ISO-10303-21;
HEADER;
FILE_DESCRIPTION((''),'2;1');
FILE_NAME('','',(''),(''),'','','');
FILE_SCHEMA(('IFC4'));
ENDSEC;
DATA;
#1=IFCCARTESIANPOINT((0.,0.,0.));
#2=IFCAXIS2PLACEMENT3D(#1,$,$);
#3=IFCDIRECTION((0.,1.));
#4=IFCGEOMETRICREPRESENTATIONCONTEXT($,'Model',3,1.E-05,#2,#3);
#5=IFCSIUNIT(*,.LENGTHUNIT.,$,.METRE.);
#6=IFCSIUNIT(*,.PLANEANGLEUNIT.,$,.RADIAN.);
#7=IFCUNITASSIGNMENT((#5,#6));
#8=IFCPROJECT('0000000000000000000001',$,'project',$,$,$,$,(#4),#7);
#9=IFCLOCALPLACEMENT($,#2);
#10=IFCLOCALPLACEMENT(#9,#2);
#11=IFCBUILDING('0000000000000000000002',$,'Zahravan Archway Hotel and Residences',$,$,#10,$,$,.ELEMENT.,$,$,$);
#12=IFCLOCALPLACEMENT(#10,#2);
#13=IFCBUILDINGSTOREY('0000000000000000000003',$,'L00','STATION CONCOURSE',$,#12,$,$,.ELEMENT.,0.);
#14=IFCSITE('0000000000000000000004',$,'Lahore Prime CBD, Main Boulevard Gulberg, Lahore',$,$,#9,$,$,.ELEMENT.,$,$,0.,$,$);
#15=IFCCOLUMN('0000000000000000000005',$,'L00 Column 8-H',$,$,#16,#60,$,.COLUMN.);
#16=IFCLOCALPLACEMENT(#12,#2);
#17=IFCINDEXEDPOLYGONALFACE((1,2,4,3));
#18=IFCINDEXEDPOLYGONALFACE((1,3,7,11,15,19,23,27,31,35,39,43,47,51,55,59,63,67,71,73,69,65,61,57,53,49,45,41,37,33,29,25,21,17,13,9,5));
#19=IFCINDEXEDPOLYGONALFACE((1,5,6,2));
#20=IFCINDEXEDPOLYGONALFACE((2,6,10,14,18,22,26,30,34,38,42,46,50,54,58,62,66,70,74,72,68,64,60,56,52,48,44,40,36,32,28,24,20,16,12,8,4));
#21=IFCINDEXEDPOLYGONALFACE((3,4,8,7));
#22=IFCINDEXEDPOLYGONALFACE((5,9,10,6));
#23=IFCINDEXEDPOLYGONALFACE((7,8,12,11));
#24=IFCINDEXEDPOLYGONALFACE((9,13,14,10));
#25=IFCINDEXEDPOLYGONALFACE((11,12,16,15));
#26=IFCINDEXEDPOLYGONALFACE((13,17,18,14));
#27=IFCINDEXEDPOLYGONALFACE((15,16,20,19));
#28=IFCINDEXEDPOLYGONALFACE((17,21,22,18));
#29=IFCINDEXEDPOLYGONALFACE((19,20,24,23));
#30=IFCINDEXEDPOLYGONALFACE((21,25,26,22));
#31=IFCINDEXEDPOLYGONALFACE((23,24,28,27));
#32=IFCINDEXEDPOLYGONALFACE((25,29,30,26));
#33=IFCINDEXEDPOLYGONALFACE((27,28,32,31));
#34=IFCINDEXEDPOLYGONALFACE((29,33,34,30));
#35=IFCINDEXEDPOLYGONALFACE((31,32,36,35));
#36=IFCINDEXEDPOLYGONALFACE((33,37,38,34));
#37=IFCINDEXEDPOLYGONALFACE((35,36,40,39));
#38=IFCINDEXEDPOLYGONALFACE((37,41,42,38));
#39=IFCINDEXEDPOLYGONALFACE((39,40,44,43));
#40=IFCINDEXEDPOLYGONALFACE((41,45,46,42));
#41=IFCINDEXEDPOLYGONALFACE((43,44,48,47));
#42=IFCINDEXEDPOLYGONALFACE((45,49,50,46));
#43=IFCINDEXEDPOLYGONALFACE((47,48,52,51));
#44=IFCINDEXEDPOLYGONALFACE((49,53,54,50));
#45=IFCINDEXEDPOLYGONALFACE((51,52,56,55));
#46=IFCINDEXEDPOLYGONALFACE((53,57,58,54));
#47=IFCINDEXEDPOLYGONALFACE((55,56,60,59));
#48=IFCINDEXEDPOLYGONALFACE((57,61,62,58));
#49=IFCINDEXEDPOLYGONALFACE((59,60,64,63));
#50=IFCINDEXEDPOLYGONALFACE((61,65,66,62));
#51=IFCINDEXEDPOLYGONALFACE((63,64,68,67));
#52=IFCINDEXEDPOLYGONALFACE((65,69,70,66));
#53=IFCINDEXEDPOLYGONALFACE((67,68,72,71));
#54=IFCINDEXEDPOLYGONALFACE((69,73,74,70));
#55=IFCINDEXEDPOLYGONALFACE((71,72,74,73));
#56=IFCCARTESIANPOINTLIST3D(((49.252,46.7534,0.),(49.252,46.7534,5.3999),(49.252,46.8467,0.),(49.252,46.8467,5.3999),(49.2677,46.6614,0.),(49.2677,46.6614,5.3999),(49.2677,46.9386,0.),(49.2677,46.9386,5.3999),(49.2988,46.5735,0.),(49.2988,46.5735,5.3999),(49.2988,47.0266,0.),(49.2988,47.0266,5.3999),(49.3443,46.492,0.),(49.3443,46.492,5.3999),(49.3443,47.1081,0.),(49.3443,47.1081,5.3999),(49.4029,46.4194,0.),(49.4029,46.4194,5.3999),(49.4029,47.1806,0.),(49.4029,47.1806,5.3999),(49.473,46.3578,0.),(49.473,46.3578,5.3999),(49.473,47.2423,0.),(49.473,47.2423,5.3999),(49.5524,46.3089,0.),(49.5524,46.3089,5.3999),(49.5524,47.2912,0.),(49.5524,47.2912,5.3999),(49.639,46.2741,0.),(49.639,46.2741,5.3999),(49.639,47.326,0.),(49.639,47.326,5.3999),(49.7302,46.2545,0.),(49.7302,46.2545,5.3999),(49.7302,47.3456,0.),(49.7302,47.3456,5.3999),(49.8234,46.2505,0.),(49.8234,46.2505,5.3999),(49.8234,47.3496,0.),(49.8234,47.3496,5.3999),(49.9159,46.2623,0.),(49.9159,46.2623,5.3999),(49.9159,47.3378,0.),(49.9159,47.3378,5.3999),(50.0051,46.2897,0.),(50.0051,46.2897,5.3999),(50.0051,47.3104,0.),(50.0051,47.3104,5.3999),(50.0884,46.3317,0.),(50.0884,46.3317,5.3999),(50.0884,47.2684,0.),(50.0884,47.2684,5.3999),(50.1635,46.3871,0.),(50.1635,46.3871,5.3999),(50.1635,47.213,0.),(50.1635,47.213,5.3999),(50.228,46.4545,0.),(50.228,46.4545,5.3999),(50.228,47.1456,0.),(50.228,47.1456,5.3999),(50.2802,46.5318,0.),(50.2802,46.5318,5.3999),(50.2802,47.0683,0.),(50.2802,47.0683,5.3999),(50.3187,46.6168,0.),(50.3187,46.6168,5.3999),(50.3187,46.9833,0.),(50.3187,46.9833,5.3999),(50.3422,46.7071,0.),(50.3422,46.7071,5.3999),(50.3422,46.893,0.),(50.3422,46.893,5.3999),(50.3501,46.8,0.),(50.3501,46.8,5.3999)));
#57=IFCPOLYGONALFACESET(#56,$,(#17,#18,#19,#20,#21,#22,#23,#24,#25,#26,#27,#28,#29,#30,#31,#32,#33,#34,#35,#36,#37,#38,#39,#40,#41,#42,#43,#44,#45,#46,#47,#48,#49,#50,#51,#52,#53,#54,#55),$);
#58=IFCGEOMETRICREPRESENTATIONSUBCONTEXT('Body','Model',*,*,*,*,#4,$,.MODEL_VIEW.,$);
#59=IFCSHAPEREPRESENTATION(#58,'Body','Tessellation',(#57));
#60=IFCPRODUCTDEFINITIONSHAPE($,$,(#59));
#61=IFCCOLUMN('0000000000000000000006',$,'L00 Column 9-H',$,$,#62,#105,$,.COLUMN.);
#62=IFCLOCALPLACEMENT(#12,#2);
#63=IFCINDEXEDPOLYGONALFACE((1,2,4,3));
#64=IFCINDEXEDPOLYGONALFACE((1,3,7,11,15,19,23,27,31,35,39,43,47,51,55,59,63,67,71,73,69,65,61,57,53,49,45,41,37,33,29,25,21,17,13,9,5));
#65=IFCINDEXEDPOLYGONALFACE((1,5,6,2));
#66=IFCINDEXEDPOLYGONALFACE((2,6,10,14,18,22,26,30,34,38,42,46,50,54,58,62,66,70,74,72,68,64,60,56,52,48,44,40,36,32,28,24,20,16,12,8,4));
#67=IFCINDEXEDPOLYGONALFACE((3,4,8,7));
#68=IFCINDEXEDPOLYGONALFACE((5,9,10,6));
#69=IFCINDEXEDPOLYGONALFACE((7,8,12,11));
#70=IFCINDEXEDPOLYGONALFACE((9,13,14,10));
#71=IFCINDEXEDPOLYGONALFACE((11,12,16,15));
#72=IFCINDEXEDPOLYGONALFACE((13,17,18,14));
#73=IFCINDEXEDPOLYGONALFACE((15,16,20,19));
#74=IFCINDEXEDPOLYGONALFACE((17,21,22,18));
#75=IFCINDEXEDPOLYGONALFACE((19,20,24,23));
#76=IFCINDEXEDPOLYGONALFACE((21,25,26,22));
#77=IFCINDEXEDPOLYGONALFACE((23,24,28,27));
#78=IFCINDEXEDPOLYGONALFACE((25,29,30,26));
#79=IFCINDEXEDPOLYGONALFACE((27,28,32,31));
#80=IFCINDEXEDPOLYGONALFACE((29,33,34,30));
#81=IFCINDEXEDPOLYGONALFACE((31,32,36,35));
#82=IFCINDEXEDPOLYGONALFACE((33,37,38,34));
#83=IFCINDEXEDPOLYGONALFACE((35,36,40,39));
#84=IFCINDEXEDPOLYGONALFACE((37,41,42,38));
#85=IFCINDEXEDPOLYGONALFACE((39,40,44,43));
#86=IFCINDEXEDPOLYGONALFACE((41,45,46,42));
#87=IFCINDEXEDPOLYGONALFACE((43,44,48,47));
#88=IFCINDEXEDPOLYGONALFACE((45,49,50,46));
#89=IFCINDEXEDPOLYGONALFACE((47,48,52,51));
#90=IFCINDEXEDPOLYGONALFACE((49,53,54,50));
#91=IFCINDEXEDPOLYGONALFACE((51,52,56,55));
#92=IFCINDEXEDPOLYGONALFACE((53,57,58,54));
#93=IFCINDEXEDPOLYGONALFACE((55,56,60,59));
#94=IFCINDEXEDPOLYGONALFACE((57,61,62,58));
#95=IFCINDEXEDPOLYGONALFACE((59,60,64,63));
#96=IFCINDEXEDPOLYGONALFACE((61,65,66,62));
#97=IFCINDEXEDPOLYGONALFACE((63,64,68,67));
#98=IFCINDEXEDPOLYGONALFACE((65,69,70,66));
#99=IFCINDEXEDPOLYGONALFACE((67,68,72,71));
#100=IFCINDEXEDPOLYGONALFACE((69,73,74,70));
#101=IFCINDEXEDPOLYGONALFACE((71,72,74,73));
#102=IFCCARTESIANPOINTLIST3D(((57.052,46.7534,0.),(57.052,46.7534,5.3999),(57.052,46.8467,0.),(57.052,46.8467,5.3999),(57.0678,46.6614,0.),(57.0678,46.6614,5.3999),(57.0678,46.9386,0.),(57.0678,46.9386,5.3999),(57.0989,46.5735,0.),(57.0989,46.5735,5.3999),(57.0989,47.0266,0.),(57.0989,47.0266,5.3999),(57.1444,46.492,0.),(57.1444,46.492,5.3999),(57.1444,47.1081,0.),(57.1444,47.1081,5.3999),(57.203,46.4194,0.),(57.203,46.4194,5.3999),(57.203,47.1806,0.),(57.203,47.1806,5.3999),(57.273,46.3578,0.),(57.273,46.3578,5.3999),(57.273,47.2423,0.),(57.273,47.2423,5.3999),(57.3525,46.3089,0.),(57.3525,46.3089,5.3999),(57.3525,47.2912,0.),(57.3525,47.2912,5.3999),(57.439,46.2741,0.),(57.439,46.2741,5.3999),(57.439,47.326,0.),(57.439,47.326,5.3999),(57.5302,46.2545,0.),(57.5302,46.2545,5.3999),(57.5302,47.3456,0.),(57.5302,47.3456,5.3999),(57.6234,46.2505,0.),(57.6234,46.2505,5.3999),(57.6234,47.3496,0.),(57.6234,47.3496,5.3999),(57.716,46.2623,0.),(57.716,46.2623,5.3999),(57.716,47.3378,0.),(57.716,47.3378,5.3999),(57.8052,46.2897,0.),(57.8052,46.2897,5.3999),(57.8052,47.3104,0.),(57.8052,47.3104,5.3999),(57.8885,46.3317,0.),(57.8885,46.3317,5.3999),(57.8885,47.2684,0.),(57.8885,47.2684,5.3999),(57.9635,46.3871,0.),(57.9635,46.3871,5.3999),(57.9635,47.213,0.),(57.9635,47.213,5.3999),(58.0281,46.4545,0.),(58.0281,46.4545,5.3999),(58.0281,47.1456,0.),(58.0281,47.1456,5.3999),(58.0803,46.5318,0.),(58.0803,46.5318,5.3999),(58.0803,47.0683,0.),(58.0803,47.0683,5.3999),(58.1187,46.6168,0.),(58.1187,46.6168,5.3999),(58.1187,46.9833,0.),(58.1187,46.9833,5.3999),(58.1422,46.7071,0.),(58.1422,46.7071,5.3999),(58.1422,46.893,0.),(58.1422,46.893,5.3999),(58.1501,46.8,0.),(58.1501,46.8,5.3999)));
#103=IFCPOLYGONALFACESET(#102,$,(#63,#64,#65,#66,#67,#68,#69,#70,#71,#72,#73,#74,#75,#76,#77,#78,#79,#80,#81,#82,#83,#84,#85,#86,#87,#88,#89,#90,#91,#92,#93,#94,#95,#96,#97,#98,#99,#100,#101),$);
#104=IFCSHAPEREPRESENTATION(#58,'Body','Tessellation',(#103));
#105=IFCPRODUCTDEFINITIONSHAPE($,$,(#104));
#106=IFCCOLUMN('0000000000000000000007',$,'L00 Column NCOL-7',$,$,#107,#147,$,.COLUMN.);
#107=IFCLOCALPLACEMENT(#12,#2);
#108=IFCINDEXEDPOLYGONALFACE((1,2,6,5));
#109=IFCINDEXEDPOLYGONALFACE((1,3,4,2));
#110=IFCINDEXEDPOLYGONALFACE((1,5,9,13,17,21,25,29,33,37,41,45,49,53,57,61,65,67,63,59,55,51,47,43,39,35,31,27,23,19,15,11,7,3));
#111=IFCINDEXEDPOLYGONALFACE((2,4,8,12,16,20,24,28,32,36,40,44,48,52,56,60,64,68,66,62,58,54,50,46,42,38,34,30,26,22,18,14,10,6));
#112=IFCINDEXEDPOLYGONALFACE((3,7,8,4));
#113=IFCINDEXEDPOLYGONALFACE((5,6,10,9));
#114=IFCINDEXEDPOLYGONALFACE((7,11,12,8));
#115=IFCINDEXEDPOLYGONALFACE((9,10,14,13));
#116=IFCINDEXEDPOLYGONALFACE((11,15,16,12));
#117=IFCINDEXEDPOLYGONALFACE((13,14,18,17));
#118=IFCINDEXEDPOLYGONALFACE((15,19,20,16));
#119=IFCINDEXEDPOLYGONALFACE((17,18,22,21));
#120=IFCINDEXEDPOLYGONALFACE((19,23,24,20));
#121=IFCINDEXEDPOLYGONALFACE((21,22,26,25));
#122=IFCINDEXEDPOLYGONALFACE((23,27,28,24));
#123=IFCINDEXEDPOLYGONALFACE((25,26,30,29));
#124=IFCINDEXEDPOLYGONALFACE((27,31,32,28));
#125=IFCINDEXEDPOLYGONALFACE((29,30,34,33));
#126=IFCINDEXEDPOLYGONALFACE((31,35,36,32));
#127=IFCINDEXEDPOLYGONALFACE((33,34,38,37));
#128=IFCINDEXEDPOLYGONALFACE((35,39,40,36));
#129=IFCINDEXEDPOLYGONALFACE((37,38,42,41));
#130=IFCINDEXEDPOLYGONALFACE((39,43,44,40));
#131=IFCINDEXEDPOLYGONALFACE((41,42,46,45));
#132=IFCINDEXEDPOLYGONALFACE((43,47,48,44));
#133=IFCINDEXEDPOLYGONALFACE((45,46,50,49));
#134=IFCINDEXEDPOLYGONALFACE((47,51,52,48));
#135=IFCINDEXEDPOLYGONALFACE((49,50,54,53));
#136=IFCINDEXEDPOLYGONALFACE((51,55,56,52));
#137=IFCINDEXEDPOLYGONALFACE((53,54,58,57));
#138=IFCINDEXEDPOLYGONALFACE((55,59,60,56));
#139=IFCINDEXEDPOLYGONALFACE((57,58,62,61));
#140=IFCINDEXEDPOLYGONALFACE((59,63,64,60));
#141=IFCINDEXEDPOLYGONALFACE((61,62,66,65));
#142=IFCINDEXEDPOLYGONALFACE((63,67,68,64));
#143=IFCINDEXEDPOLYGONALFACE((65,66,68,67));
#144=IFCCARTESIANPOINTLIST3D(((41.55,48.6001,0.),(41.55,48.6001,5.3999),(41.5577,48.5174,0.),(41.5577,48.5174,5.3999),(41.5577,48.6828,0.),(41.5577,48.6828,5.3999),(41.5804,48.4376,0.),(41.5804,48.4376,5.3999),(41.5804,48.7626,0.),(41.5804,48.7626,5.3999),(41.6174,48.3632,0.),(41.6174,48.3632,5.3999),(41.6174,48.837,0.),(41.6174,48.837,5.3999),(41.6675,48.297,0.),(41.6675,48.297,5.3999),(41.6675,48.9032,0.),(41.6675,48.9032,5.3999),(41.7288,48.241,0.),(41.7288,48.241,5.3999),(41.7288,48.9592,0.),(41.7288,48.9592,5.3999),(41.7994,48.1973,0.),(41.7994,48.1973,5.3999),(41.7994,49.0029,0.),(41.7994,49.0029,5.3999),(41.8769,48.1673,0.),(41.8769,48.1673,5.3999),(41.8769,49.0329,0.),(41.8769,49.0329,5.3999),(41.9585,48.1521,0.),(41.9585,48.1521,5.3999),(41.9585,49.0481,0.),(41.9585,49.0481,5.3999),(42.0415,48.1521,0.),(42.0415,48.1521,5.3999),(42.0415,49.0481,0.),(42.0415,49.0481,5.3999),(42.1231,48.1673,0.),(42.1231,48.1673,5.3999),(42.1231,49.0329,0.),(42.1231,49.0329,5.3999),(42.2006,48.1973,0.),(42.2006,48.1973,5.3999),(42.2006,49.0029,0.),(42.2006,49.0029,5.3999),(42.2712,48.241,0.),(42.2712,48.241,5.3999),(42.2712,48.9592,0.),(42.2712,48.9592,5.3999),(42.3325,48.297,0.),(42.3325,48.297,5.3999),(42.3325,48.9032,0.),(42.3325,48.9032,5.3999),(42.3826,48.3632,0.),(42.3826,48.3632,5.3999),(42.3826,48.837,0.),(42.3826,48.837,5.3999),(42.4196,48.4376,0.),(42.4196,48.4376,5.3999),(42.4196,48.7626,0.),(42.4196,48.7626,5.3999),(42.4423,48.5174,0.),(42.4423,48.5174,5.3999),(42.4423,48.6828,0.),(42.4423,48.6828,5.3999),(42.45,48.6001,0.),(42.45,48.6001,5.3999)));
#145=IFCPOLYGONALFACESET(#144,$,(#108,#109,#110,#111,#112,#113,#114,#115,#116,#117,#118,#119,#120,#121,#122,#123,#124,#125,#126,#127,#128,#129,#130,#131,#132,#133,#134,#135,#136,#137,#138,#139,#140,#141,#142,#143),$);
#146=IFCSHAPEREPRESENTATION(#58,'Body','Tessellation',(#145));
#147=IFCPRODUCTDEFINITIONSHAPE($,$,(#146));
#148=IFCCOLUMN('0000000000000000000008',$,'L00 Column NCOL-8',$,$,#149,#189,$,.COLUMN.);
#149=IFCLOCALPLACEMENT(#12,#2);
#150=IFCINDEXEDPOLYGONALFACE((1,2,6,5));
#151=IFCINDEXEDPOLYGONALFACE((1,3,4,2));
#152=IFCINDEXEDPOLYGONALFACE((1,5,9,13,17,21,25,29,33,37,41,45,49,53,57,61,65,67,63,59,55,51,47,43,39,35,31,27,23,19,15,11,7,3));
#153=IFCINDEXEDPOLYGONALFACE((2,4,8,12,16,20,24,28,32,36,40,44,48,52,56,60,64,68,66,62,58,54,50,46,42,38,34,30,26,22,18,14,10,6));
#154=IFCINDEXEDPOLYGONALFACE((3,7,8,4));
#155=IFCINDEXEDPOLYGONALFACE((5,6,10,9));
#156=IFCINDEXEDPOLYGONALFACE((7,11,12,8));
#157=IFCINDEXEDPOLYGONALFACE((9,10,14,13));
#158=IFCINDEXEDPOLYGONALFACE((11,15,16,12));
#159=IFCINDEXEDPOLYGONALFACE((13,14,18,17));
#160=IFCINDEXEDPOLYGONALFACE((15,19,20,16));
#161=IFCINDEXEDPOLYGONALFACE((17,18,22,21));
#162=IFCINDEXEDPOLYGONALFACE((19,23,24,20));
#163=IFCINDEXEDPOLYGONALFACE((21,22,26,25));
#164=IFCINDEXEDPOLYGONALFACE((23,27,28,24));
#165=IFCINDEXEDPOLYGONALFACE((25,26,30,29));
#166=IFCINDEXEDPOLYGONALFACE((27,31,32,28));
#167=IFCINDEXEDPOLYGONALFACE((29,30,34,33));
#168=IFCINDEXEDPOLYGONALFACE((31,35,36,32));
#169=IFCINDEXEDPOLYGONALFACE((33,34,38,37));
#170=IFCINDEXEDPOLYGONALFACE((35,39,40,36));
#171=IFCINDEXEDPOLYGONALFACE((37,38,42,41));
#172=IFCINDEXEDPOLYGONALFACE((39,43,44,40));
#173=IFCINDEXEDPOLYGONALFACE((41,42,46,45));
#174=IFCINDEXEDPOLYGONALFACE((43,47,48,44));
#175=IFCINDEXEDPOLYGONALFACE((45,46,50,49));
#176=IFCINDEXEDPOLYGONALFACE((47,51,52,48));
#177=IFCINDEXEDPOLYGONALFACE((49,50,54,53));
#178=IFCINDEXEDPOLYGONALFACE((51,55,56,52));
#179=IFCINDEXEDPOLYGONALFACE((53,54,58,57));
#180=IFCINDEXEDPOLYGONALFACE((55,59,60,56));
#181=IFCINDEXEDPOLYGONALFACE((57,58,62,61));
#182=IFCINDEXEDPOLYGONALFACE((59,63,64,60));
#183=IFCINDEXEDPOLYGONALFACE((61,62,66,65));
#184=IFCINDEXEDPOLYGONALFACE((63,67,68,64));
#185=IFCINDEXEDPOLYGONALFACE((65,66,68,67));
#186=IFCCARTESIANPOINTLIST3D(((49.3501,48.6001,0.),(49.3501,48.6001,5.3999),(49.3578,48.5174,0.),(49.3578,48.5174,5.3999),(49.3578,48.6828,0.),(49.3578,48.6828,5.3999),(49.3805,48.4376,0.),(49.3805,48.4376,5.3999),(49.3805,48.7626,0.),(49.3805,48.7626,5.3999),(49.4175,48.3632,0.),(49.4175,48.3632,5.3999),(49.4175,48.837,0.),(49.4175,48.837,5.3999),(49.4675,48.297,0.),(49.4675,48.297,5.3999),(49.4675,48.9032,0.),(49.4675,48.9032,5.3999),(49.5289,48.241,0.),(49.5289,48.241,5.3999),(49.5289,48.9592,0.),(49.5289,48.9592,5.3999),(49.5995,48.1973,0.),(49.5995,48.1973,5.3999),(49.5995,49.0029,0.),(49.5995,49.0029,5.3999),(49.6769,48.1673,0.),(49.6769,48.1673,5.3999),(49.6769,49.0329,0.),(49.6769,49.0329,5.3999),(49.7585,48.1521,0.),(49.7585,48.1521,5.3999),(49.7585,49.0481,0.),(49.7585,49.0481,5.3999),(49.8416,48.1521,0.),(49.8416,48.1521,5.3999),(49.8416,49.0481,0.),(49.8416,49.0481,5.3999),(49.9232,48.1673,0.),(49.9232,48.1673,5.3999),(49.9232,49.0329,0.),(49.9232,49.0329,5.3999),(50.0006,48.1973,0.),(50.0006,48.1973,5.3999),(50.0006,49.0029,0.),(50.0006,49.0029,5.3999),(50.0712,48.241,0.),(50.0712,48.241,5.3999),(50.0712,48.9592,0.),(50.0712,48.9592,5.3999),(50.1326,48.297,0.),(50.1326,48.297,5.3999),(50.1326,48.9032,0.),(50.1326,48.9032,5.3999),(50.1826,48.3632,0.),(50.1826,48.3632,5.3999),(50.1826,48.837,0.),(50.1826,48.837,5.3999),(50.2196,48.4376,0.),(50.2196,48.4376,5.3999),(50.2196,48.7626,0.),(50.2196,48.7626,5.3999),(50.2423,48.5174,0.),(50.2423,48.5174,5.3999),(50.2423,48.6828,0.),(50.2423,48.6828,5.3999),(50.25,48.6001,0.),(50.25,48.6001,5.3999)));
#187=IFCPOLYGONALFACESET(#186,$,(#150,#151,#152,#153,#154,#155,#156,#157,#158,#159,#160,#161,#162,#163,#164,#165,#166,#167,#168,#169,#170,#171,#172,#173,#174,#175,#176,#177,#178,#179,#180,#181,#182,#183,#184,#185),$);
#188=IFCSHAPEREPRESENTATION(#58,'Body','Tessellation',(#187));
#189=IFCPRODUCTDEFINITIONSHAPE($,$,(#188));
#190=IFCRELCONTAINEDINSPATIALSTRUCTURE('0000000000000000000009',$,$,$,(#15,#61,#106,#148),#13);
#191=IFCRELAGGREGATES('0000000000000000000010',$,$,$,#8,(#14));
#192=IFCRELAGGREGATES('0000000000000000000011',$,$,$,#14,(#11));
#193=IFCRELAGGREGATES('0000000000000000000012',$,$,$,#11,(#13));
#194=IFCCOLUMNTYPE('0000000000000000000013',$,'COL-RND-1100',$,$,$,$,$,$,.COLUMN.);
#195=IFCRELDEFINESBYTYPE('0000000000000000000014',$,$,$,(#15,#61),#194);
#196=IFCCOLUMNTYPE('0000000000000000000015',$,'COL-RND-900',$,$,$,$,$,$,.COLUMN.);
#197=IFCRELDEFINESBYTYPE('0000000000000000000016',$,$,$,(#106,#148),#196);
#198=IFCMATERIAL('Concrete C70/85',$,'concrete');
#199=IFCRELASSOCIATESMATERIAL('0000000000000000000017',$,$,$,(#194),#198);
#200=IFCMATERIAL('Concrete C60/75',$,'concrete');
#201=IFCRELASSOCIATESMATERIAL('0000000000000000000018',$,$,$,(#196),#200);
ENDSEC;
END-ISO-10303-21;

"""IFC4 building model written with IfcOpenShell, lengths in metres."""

from ifc_helpers import new_model, si_unit, direction, frame, origin, origin_2d, place, context, subcontext, project, spatial, circle, extrude, source, transform, mapped, material, material_profile, profile_set, type_object, type_shapes, element, save


model = new_model("IFC4")

# Units and contexts
model_context = context("Model", 3, precision=1e-05, world=origin(), true_north=direction((0.0, 1.0)))
body_context = subcontext(model_context, "Body", "Model", "MODEL_VIEW")
ifc_project = project(units=[si_unit("LENGTHUNIT", "METRE"), si_unit("PLANEANGLEUNIT", "RADIAN")], contexts=[model_context])

# Site, building, storey
site_placement = place(None, origin())
site = spatial("IfcSite", under=ifc_project, at=site_placement, Name="Lahore Prime CBD, Main Boulevard Gulberg, Lahore", CompositionType="ELEMENT", RefElevation=0.0)
building_placement = place(site_placement, origin())
building = spatial("IfcBuilding", under=site, at=building_placement, Name="Zahravan Archway Hotel and Residences", CompositionType="ELEMENT")
storey_placement = place(building_placement, origin())
storey = spatial("IfcBuildingStorey", under=building, at=storey_placement, Name="L00", Description="STATION CONCOURSE", CompositionType="ELEMENT", Elevation=0.0)

# Columns
ifc_material_1 = material(Name="Concrete C70/85", Category="concrete")
ifc_material_profile_1 = material_profile(ifc_material_1, circle(Radius=0.55, at=origin_2d()), Name="RC-CIRC-1100", Category="concrete")
ifc_profile_set_1 = profile_set([ifc_material_profile_1], Name="Concrete C70/85")
column_type_1 = type_object("IfcColumnType", Name="COL-RND-1100", PredefinedType="COLUMN", material=ifc_profile_set_1)
shared_shape_1 = source(origin(), body_context, "Body", "SweptSolid", [
    extrude(circle(Radius=0.55, at=origin_2d()), origin(), (0.0, 0.0, 1.0), 5.3999),
])
type_shapes(column_type_1, [shared_shape_1])
for number, where, z_axis, x_axis, name in (
    (1, (49.8, 46.8, 0.0), (0.0, 0.0, 1.0), (1.0, 0.0, 0.0), "L00 Column 8-H"),
    (2, (57.6001, 46.8, 0.0), (0.0, 0.0, 1.0), (1.0, 0.0, 0.0), "L00 Column 9-H"),
):
    element("IfcColumn", number, at=place(storey_placement, frame(where, z_axis=z_axis, x_axis=x_axis)), inside=storey, type_object=column_type_1, Name=name, PredefinedType="COLUMN", context=body_context, shape_type="MappedRepresentation", body=[
        mapped(shared_shape_1, transform((0.0, 0.0, 0.0), scale=1.0)),
    ])
ifc_material_2 = material(Name="Concrete C60/75", Category="concrete")
ifc_material_profile_2 = material_profile(ifc_material_2, circle(Radius=0.45, at=origin_2d()), Name="RC-CIRC-900", Category="concrete")
ifc_profile_set_2 = profile_set([ifc_material_profile_2], Name="Concrete C60/75")
column_type_2 = type_object("IfcColumnType", Name="COL-RND-900", PredefinedType="COLUMN", material=ifc_profile_set_2)
shared_shape_2 = source(origin(), body_context, "Body", "SweptSolid", [
    extrude(circle(Radius=0.45, at=origin_2d()), origin(), (0.0, 0.0, 1.0), 5.3999),
])
type_shapes(column_type_2, [shared_shape_2])
for number, where, z_axis, x_axis, name in (
    (3, (42.0, 48.6001, 0.0), (0.0, 0.0, 1.0), (1.0, 0.0, 0.0), "L00 Column NCOL-7"),
    (4, (49.8, 48.6001, 0.0), (0.0, 0.0, 1.0), (1.0, 0.0, 0.0), "L00 Column NCOL-8"),
):
    element("IfcColumn", number, at=place(storey_placement, frame(where, z_axis=z_axis, x_axis=x_axis)), inside=storey, type_object=column_type_2, Name=name, PredefinedType="COLUMN", context=body_context, shape_type="MappedRepresentation", body=[
        mapped(shared_shape_2, transform((0.0, 0.0, 0.0), scale=1.0)),
    ])

save(model, "model.ifc")
